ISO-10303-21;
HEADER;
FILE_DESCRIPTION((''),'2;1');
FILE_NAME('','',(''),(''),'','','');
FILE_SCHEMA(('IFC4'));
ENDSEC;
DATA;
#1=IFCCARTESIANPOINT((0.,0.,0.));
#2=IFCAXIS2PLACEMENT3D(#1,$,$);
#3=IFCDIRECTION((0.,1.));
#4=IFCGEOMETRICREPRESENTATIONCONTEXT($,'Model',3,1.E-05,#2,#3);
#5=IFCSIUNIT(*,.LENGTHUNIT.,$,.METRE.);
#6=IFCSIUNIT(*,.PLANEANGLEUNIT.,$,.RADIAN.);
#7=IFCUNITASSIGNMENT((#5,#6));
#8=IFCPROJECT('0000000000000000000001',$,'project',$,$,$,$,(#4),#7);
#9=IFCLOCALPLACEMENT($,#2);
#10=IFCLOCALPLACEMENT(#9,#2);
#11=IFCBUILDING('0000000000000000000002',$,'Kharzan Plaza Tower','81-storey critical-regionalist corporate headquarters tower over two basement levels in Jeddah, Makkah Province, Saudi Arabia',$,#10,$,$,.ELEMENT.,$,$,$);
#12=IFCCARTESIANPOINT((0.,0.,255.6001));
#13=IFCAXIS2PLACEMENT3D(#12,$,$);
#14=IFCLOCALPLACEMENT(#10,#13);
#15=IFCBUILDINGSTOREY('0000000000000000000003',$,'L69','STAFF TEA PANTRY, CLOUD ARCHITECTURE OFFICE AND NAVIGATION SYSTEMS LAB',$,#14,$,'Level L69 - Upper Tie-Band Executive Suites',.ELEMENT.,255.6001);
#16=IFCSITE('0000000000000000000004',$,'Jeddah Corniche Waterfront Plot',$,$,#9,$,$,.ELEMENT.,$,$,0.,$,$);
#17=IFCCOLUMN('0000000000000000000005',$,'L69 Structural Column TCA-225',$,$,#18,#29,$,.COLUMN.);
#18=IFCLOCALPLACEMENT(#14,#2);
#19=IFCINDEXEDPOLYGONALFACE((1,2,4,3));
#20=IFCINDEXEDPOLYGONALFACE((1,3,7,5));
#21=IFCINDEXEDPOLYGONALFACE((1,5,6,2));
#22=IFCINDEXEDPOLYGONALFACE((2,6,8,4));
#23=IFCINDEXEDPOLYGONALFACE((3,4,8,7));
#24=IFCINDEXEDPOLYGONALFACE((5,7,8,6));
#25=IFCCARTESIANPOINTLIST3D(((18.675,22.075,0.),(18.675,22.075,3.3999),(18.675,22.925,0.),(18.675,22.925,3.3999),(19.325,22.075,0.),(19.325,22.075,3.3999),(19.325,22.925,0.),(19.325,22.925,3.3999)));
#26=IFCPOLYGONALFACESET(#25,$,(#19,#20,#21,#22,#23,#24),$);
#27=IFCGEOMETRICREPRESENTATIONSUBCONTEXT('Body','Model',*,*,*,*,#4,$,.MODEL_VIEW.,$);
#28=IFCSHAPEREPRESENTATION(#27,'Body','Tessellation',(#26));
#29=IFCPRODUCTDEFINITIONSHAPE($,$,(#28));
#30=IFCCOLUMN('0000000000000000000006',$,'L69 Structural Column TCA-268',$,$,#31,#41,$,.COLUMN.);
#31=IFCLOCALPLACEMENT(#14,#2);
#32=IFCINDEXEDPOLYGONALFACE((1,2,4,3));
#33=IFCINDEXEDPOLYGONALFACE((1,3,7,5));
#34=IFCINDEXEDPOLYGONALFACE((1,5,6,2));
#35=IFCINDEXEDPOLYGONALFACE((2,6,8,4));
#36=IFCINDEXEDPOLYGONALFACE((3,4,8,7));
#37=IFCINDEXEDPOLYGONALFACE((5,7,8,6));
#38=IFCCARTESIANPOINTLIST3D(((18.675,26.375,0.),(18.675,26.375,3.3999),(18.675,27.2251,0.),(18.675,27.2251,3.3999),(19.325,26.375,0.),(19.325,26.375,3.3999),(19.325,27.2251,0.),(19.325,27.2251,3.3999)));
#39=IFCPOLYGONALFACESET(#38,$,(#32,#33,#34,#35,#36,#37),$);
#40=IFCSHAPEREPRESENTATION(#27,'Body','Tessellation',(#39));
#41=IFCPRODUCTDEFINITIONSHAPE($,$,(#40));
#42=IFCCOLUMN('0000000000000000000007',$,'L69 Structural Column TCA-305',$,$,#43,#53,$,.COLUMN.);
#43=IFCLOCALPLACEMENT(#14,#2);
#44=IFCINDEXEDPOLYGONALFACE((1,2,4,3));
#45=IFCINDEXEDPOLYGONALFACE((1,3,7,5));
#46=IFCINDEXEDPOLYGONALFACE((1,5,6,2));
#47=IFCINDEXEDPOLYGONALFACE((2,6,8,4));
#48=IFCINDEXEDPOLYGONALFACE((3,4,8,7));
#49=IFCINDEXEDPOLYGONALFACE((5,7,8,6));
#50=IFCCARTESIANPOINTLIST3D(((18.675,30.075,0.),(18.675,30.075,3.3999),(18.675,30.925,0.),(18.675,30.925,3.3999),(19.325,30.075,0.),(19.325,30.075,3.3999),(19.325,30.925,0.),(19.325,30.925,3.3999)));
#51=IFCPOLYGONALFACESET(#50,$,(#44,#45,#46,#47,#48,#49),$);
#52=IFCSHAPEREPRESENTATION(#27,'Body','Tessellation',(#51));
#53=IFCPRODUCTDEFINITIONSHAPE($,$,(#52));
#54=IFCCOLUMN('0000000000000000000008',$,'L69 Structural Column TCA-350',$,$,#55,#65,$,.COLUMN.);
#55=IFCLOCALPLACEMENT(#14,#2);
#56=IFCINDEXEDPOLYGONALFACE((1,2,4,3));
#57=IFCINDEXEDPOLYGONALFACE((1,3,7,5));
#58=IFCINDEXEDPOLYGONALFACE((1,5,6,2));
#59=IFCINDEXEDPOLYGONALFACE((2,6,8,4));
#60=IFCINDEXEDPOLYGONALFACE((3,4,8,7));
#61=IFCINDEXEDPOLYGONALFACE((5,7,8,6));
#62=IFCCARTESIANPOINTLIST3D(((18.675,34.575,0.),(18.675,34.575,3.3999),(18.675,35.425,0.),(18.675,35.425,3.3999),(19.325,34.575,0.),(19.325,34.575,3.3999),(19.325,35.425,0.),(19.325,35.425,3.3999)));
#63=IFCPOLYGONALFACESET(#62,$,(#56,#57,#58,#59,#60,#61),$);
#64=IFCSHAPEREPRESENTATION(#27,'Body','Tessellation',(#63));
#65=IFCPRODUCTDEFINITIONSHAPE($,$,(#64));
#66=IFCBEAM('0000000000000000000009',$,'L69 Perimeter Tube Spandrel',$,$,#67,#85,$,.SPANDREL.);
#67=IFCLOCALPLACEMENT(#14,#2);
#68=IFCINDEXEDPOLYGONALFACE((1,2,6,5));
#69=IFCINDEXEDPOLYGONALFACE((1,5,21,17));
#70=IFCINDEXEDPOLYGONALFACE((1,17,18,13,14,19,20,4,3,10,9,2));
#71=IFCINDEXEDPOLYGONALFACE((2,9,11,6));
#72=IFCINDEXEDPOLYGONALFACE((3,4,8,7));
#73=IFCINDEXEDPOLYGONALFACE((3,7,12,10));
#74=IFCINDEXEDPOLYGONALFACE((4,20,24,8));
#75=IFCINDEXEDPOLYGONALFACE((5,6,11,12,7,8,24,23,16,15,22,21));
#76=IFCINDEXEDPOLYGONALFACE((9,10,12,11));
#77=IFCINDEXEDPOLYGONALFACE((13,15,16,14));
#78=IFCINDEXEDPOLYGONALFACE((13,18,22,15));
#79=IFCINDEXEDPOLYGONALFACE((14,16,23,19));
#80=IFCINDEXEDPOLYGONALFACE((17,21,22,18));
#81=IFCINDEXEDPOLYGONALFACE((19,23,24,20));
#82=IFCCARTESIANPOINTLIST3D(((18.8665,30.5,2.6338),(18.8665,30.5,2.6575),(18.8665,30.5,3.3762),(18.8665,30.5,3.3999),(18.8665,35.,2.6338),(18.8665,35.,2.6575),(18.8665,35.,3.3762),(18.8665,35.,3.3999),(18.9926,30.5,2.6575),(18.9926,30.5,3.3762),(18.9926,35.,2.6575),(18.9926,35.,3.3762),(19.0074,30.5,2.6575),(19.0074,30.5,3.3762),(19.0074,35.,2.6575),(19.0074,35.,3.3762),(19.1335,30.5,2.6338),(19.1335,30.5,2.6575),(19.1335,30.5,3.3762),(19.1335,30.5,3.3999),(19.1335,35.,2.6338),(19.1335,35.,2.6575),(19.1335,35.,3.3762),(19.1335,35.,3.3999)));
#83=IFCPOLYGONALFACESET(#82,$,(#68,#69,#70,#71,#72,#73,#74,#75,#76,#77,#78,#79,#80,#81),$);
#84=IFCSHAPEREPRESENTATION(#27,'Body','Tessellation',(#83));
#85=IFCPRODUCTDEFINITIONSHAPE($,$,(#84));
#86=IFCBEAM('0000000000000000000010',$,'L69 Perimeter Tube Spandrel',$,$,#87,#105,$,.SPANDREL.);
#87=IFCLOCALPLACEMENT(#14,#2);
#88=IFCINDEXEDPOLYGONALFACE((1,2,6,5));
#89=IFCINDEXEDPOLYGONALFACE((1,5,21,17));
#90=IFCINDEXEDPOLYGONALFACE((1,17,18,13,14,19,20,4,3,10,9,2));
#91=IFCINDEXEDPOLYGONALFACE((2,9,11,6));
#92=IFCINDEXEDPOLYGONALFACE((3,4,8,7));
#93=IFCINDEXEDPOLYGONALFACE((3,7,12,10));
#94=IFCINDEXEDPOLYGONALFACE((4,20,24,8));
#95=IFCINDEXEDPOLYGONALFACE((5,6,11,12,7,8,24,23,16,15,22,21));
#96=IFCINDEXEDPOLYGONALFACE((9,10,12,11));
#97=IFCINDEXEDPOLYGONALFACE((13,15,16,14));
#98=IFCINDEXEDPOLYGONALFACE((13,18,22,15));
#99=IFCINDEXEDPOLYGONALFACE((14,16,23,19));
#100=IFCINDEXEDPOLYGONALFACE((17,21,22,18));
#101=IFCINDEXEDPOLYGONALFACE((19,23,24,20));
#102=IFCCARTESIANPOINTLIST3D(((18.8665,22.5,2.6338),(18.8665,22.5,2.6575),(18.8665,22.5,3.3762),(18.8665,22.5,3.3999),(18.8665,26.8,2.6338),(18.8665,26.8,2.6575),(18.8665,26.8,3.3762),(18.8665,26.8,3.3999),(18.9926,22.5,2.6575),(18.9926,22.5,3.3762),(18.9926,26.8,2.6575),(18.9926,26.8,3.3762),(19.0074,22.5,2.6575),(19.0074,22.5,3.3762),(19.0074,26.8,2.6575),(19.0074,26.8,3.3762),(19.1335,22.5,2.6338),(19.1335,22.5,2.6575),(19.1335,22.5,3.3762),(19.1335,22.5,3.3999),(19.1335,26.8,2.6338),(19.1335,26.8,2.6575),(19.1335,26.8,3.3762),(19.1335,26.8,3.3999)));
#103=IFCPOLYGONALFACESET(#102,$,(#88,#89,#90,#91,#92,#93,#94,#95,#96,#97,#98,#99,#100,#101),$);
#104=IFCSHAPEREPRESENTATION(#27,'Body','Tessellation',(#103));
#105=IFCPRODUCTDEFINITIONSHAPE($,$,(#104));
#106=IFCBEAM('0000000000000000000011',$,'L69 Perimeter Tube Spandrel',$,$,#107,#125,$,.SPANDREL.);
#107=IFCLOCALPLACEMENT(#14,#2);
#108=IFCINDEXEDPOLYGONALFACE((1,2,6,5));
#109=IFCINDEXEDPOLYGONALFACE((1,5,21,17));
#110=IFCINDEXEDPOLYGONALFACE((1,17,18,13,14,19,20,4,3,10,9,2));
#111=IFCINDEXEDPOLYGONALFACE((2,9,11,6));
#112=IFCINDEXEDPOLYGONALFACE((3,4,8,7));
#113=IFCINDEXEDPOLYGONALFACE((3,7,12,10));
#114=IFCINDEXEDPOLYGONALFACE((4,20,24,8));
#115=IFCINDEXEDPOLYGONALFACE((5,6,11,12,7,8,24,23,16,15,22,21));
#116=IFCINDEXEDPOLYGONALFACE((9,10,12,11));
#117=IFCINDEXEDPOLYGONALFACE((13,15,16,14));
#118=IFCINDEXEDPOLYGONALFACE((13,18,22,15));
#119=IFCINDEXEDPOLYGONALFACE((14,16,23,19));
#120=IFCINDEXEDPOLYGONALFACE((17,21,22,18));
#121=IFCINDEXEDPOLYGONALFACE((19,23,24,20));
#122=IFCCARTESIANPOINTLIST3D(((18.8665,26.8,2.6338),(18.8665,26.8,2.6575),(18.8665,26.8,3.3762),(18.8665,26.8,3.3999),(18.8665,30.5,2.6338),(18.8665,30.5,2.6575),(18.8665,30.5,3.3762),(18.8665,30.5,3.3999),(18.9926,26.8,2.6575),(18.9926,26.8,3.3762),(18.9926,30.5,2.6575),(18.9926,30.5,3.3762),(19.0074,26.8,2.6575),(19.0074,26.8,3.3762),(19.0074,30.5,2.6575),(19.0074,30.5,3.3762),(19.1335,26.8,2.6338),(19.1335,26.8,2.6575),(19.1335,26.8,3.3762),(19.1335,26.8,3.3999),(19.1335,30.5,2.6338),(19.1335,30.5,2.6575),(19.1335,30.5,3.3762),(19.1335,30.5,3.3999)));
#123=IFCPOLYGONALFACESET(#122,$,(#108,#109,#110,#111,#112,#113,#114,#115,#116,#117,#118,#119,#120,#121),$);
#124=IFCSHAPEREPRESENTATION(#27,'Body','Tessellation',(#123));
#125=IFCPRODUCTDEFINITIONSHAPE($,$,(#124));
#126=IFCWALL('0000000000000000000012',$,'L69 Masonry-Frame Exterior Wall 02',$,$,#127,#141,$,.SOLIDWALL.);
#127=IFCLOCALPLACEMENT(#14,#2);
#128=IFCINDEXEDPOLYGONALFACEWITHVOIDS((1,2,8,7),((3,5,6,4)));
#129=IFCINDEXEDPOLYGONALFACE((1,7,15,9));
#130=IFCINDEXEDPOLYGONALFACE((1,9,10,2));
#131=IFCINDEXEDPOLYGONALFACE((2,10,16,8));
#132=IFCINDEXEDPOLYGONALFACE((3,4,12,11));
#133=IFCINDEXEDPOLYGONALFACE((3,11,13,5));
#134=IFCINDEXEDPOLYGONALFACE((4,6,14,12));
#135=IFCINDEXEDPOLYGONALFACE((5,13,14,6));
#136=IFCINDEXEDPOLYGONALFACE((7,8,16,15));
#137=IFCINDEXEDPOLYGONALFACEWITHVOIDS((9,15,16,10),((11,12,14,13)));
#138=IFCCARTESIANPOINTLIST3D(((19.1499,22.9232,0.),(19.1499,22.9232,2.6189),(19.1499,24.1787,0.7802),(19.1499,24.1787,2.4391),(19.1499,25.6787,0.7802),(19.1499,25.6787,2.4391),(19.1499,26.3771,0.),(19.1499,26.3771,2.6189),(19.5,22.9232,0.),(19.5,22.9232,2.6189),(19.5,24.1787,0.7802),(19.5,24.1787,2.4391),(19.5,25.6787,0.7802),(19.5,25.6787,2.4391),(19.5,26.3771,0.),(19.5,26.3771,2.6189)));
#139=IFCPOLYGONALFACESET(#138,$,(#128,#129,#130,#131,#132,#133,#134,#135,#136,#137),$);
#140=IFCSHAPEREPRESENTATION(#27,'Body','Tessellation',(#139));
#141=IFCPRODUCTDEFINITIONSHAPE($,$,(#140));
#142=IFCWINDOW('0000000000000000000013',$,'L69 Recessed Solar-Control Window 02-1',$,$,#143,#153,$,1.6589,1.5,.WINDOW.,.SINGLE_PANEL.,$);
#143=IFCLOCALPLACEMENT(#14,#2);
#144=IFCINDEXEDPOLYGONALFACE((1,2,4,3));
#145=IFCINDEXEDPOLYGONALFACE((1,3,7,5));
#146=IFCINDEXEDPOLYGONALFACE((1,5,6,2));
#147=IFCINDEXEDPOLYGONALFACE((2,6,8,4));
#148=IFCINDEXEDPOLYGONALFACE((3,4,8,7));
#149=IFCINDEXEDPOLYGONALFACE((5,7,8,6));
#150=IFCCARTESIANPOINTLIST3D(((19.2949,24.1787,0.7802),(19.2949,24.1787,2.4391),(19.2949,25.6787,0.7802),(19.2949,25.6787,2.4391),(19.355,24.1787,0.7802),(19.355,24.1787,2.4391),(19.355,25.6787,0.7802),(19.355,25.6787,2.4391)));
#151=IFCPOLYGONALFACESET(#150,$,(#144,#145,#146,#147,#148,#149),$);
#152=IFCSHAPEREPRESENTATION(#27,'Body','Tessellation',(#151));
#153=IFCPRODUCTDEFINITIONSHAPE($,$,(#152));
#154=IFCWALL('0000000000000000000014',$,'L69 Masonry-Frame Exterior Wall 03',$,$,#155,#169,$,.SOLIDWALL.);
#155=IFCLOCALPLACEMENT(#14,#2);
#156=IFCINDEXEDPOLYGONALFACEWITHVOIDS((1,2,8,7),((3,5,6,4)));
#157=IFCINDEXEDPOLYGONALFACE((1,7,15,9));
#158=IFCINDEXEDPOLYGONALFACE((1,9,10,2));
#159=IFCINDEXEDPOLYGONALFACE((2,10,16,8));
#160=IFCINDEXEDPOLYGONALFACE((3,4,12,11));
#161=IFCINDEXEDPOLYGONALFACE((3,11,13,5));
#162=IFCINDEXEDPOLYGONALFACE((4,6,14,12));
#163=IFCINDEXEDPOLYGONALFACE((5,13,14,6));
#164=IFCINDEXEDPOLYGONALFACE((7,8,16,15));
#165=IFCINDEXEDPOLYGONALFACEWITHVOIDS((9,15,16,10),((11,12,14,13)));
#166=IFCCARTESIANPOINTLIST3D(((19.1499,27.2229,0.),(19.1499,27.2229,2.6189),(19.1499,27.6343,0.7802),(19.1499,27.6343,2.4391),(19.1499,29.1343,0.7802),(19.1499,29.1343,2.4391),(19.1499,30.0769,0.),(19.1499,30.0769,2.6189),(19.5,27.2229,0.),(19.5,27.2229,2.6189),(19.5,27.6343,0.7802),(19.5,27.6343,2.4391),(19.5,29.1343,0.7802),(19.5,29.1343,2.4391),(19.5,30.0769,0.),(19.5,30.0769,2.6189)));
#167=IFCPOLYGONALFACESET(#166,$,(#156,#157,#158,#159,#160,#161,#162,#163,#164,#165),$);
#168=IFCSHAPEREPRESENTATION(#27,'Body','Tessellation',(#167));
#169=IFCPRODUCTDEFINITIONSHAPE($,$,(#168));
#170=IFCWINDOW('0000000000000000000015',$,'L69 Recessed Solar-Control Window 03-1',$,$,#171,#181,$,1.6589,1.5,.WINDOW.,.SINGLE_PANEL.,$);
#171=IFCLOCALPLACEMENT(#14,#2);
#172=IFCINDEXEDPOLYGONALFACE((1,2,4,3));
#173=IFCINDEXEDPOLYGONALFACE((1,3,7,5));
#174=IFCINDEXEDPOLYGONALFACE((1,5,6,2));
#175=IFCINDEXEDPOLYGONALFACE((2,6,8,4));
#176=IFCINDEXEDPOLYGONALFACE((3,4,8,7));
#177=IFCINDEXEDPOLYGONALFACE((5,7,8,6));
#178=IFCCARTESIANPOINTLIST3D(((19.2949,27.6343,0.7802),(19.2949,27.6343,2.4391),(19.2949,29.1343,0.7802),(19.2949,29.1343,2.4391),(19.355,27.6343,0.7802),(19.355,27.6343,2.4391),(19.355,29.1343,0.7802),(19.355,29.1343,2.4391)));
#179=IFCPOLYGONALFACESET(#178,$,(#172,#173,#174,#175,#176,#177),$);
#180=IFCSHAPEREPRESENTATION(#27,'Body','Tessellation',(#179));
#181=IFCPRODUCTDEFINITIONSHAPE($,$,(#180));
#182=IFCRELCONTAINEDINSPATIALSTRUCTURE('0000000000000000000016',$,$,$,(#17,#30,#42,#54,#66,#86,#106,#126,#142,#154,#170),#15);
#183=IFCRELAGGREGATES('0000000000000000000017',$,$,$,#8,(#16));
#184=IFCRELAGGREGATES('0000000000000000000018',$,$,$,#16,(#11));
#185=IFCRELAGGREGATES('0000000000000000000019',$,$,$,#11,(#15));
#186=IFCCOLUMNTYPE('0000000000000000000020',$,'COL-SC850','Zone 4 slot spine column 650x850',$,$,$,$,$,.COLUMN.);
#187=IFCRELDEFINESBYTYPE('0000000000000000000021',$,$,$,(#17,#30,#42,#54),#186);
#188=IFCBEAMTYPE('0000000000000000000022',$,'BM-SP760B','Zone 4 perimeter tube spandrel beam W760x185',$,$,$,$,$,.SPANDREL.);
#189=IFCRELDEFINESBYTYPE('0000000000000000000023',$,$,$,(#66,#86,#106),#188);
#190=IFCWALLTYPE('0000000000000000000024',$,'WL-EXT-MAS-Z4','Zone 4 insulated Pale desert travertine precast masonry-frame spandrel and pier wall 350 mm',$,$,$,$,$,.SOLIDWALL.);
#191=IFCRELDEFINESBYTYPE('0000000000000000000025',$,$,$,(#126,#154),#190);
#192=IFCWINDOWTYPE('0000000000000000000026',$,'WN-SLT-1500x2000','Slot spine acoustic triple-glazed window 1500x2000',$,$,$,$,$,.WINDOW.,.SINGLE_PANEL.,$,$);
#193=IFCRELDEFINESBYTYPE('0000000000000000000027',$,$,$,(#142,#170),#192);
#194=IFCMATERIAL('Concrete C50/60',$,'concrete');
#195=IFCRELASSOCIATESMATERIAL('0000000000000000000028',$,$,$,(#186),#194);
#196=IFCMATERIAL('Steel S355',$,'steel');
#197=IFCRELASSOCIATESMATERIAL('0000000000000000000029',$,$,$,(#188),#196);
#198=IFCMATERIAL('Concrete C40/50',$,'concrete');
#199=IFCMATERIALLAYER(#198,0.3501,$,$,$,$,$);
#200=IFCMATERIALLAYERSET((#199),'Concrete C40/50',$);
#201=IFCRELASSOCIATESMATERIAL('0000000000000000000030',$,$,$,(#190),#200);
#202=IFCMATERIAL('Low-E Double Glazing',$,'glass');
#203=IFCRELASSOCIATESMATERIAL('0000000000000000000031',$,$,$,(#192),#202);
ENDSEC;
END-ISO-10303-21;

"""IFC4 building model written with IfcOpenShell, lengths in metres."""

from ifc_helpers import new_model, si_unit, direction, frame, frame_2d, origin, origin_2d, place, context, subcontext, project, spatial, rectangle, i_section, extrude, source, transform, mapped, material, layer, layer_set, material_profile, profile_set, type_object, element, fill, save


model = new_model("IFC4")

# Units and contexts
model_context = context("Model", 3, precision=1e-05, world=origin(), true_north=direction((0.0, 1.0)))
body_context = subcontext(model_context, "Body", "Model", "MODEL_VIEW")
ifc_project = project(units=[si_unit("LENGTHUNIT", "METRE"), si_unit("PLANEANGLEUNIT", "RADIAN")], contexts=[model_context])

# Site, building, storey
site_placement = place(None, origin())
site = spatial("IfcSite", under=ifc_project, at=site_placement, Name="Jeddah Corniche Waterfront Plot", CompositionType="ELEMENT", RefElevation=0.0)
building_placement = place(site_placement, origin())
building = spatial("IfcBuilding", under=site, at=building_placement, Name="Kharzan Plaza Tower", Description="81-storey critical-regionalist corporate headquarters tower over two basement levels in Jeddah, Makkah Province, Saudi Arabia", CompositionType="ELEMENT")
storey_placement = place(building_placement, frame((0.0, 0.0, 255.6001)))
storey = spatial("IfcBuildingStorey", under=building, at=storey_placement, Name="L69", Description="STAFF TEA PANTRY, CLOUD ARCHITECTURE OFFICE AND NAVIGATION SYSTEMS LAB", LongName="Level L69 - Upper Tie-Band Executive Suites", CompositionType="ELEMENT", Elevation=255.6001)

# Columns
ifc_material_1 = material(Name="Concrete C50/60", Category="concrete")
ifc_material_profile_1 = material_profile(ifc_material_1, rectangle(XDim=0.6499, YDim=0.8501, at=origin_2d()), Name="RC-SC850x650")
ifc_profile_set_1 = profile_set([ifc_material_profile_1], Name="Concrete C50/60")
column_type = type_object("IfcColumnType", Name="COL-SC850", Description="Zone 4 slot spine column 650x850", PredefinedType="COLUMN", material=ifc_profile_set_1)
shared_shape_1 = source(origin(), body_context, "Body", "SweptSolid", [
    extrude(rectangle(XDim=0.6499, YDim=0.8501, at=origin_2d()), origin(), (0.0, 0.0, 1.0), 3.3999),
])
for number, where, z_axis, x_axis, name in (
    (1, (19.0, 22.5, 0.0), (0.0, 0.0, 1.0), (1.0, 0.0, 0.0), "L69 Structural Column TCA-225"),
    (2, (19.0, 26.8, 0.0), (0.0, 0.0, 1.0), (1.0, 0.0, 0.0), "L69 Structural Column TCA-268"),
    (3, (19.0, 30.5, 0.0), (0.0, 0.0, 1.0), (1.0, 0.0, 0.0), "L69 Structural Column TCA-305"),
    (4, (19.0, 35.0, 0.0), (0.0, 0.0, 1.0), (1.0, 0.0, 0.0), "L69 Structural Column TCA-350"),
):
    element("IfcColumn", number, at=place(storey_placement, frame(where, z_axis=z_axis, x_axis=x_axis)), inside=storey, type_object=column_type, Name=name, PredefinedType="COLUMN", context=body_context, shape_type="MappedRepresentation", body=[
        mapped(shared_shape_1, transform((0.0, 0.0, 0.0), x_axis=(1.0, 0.0, 0.0), y_axis=(0.0, 1.0, 0.0), z_axis=(0.0, 0.0, 1.0))),
    ])

# Beams
ifc_material_2 = material(Name="Steel S355", Category="steel")
ifc_material_profile_2 = material_profile(ifc_material_2, i_section(OverallWidth=0.2671, OverallDepth=0.7661, WebThickness=0.0149, FlangeThickness=0.0237, at=origin_2d()), Name="W760x185")
ifc_profile_set_2 = profile_set([ifc_material_profile_2], Name="Steel S355")
beam_type = type_object("IfcBeamType", Name="BM-SP760B", Description="Zone 4 perimeter tube spandrel beam W760x185", PredefinedType="SPANDREL", material=ifc_profile_set_2)
shared_shape_2 = source(origin(), body_context, "Body", "SweptSolid", [
    extrude(i_section(OverallWidth=0.2671, OverallDepth=0.7661, WebThickness=0.0149, FlangeThickness=0.0237, at=origin_2d()), origin(), (0.0, 0.0, 1.0), 4.5),
])
beam_1_placement = place(storey_placement, frame((19.0, 30.5, 3.0168), z_axis=(0.0, 1.0, 0.0), x_axis=(-1.0, 0.0, 0.0)))
element("IfcBeam", 5, at=beam_1_placement, inside=storey, type_object=beam_type, Name="L69 Perimeter Tube Spandrel", PredefinedType="SPANDREL", context=body_context, shape_type="MappedRepresentation", body=[
    mapped(shared_shape_2, transform((0.0, 0.0, 0.0), x_axis=(1.0, 0.0, 0.0), y_axis=(0.0, 1.0, 0.0), z_axis=(0.0, 0.0, 1.0))),
])
shared_shape_3 = source(origin(), body_context, "Body", "SweptSolid", [
    extrude(i_section(OverallWidth=0.2671, OverallDepth=0.7661, WebThickness=0.0149, FlangeThickness=0.0237, at=origin_2d()), origin(), (0.0, 0.0, 1.0), 4.3),
])
beam_2_placement = place(storey_placement, frame((19.0, 22.5, 3.0168), z_axis=(0.0, 1.0, 0.0), x_axis=(-1.0, 0.0, 0.0)))
element("IfcBeam", 6, at=beam_2_placement, inside=storey, type_object=beam_type, Name="L69 Perimeter Tube Spandrel", PredefinedType="SPANDREL", context=body_context, shape_type="MappedRepresentation", body=[
    mapped(shared_shape_3, transform((0.0, 0.0, 0.0), x_axis=(1.0, 0.0, 0.0), y_axis=(0.0, 1.0, 0.0), z_axis=(0.0, 0.0, 1.0))),
])
shared_shape_4 = source(origin(), body_context, "Body", "SweptSolid", [
    extrude(i_section(OverallWidth=0.2671, OverallDepth=0.7661, WebThickness=0.0149, FlangeThickness=0.0237, at=origin_2d()), origin(), (0.0, 0.0, 1.0), 3.7),
])
beam_3_placement = place(storey_placement, frame((19.0, 26.8, 3.0168), z_axis=(0.0, 1.0, 0.0), x_axis=(-1.0, 0.0, 0.0)))
element("IfcBeam", 7, at=beam_3_placement, inside=storey, type_object=beam_type, Name="L69 Perimeter Tube Spandrel", PredefinedType="SPANDREL", context=body_context, shape_type="MappedRepresentation", body=[
    mapped(shared_shape_4, transform((0.0, 0.0, 0.0), x_axis=(1.0, 0.0, 0.0), y_axis=(0.0, 1.0, 0.0), z_axis=(0.0, 0.0, 1.0))),
])

# Walls, openings, windows
ifc_material_3 = material(Name="Concrete C40/50", Category="concrete")
ifc_layer_1 = layer(ifc_material_3, 0.3501)
ifc_layer_set_1 = layer_set([ifc_layer_1], Name="Concrete C40/50")
wall_type_1 = type_object("IfcWallType", Name="WL-EXT-MAS-Z4", Description="Zone 4 insulated Pale desert travertine precast masonry-frame spandrel and pier wall 350 mm", PredefinedType="SOLIDWALL", material=ifc_layer_set_1)
wall_1_placement = place(storey_placement, frame((19.325, 22.9231, 0.0), z_axis=(0.0, 0.0, 1.0), x_axis=(0.0, 1.0, 0.0)))
wall_1 = element("IfcWall", 8, at=wall_1_placement, inside=storey, type_object=wall_type_1, Name="L69 Masonry-Frame Exterior Wall 02", PredefinedType="SOLIDWALL", context=body_context, shape_type="SweptSolid", body=[
    extrude(rectangle(XDim=3.4539, YDim=0.3501, at=frame_2d((1.7271, 0.0))), origin(), (0.0, 0.0, 1.0), 2.6189),
])
opening_1_placement = place(wall_1_placement, frame((1.2556, 0.0, 0.78)))
opening_1 = element("IfcOpeningElement", 9, at=opening_1_placement, cuts=wall_1, PredefinedType="OPENING", context=body_context, shape_type="SweptSolid", body=[
    extrude(rectangle(XDim=1.5, YDim=1.6589, at=frame_2d((0.75, 0.8296))), frame((0.0, 0.1851, 0.0), z_axis=(0.0, -1.0, 0.0), x_axis=(1.0, 0.0, 0.0)), (0.0, 0.0, 1.0), 0.3701),
])
ifc_material_4 = material(Name="Low-E Double Glazing", Category="glass")
window_type_1 = type_object("IfcWindowType", Name="WN-SLT-1500x2000", Description="Slot spine acoustic triple-glazed window 1500x2000", PartitioningType="SINGLE_PANEL", PredefinedType="WINDOW", material=ifc_material_4)
shared_shape_5 = source(origin(), body_context, "Body", "SweptSolid", [
    extrude(rectangle(XDim=1.5, YDim=1.6589, at=frame_2d((0.75, 0.8296))), frame((0.0, 0.03, 0.0), z_axis=(0.0, -1.0, 0.0), x_axis=(1.0, 0.0, 0.0)), (0.0, 0.0, 1.0), 0.0601),
])
window_1_placement = place(opening_1_placement, origin())
window_1 = element("IfcWindow", 10, at=window_1_placement, inside=storey, type_object=window_type_1, Name="L69 Recessed Solar-Control Window 02-1", OverallHeight=1.6589, OverallWidth=1.5, PartitioningType="SINGLE_PANEL", PredefinedType="WINDOW", context=body_context, shape_type="MappedRepresentation", body=[
    mapped(shared_shape_5, transform((0.0, 0.0, 0.0), x_axis=(1.0, 0.0, 0.0), y_axis=(0.0, 1.0, 0.0), z_axis=(0.0, 0.0, 1.0))),
])
fill(opening_1, window_1)
wall_2_placement = place(storey_placement, frame((19.325, 27.2229, 0.0), z_axis=(0.0, 0.0, 1.0), x_axis=(0.0, 1.0, 0.0)))
wall_2 = element("IfcWall", 11, at=wall_2_placement, inside=storey, type_object=wall_type_1, Name="L69 Masonry-Frame Exterior Wall 03", PredefinedType="SOLIDWALL", context=body_context, shape_type="SweptSolid", body=[
    extrude(rectangle(XDim=2.854, YDim=0.3501, at=frame_2d((1.427, 0.0))), origin(), (0.0, 0.0, 1.0), 2.6189),
])
opening_2_placement = place(wall_2_placement, frame((0.4114, 0.0, 0.78)))
opening_2 = element("IfcOpeningElement", 12, at=opening_2_placement, cuts=wall_2, PredefinedType="OPENING", context=body_context, shape_type="SweptSolid", body=[
    extrude(rectangle(XDim=1.5, YDim=1.6589, at=frame_2d((0.75, 0.8296))), frame((0.0, 0.1851, 0.0), z_axis=(0.0, -1.0, 0.0), x_axis=(1.0, 0.0, 0.0)), (0.0, 0.0, 1.0), 0.3701),
])
window_2_placement = place(opening_2_placement, origin())
window_2 = element("IfcWindow", 13, at=window_2_placement, inside=storey, type_object=window_type_1, Name="L69 Recessed Solar-Control Window 03-1", OverallHeight=1.6589, OverallWidth=1.5, PartitioningType="SINGLE_PANEL", PredefinedType="WINDOW", context=body_context, shape_type="MappedRepresentation", body=[
    mapped(shared_shape_5, transform((0.0, 0.0, 0.0), x_axis=(1.0, 0.0, 0.0), y_axis=(0.0, 1.0, 0.0), z_axis=(0.0, 0.0, 1.0))),
])
fill(opening_2, window_2)

save(model, "model.ifc")
